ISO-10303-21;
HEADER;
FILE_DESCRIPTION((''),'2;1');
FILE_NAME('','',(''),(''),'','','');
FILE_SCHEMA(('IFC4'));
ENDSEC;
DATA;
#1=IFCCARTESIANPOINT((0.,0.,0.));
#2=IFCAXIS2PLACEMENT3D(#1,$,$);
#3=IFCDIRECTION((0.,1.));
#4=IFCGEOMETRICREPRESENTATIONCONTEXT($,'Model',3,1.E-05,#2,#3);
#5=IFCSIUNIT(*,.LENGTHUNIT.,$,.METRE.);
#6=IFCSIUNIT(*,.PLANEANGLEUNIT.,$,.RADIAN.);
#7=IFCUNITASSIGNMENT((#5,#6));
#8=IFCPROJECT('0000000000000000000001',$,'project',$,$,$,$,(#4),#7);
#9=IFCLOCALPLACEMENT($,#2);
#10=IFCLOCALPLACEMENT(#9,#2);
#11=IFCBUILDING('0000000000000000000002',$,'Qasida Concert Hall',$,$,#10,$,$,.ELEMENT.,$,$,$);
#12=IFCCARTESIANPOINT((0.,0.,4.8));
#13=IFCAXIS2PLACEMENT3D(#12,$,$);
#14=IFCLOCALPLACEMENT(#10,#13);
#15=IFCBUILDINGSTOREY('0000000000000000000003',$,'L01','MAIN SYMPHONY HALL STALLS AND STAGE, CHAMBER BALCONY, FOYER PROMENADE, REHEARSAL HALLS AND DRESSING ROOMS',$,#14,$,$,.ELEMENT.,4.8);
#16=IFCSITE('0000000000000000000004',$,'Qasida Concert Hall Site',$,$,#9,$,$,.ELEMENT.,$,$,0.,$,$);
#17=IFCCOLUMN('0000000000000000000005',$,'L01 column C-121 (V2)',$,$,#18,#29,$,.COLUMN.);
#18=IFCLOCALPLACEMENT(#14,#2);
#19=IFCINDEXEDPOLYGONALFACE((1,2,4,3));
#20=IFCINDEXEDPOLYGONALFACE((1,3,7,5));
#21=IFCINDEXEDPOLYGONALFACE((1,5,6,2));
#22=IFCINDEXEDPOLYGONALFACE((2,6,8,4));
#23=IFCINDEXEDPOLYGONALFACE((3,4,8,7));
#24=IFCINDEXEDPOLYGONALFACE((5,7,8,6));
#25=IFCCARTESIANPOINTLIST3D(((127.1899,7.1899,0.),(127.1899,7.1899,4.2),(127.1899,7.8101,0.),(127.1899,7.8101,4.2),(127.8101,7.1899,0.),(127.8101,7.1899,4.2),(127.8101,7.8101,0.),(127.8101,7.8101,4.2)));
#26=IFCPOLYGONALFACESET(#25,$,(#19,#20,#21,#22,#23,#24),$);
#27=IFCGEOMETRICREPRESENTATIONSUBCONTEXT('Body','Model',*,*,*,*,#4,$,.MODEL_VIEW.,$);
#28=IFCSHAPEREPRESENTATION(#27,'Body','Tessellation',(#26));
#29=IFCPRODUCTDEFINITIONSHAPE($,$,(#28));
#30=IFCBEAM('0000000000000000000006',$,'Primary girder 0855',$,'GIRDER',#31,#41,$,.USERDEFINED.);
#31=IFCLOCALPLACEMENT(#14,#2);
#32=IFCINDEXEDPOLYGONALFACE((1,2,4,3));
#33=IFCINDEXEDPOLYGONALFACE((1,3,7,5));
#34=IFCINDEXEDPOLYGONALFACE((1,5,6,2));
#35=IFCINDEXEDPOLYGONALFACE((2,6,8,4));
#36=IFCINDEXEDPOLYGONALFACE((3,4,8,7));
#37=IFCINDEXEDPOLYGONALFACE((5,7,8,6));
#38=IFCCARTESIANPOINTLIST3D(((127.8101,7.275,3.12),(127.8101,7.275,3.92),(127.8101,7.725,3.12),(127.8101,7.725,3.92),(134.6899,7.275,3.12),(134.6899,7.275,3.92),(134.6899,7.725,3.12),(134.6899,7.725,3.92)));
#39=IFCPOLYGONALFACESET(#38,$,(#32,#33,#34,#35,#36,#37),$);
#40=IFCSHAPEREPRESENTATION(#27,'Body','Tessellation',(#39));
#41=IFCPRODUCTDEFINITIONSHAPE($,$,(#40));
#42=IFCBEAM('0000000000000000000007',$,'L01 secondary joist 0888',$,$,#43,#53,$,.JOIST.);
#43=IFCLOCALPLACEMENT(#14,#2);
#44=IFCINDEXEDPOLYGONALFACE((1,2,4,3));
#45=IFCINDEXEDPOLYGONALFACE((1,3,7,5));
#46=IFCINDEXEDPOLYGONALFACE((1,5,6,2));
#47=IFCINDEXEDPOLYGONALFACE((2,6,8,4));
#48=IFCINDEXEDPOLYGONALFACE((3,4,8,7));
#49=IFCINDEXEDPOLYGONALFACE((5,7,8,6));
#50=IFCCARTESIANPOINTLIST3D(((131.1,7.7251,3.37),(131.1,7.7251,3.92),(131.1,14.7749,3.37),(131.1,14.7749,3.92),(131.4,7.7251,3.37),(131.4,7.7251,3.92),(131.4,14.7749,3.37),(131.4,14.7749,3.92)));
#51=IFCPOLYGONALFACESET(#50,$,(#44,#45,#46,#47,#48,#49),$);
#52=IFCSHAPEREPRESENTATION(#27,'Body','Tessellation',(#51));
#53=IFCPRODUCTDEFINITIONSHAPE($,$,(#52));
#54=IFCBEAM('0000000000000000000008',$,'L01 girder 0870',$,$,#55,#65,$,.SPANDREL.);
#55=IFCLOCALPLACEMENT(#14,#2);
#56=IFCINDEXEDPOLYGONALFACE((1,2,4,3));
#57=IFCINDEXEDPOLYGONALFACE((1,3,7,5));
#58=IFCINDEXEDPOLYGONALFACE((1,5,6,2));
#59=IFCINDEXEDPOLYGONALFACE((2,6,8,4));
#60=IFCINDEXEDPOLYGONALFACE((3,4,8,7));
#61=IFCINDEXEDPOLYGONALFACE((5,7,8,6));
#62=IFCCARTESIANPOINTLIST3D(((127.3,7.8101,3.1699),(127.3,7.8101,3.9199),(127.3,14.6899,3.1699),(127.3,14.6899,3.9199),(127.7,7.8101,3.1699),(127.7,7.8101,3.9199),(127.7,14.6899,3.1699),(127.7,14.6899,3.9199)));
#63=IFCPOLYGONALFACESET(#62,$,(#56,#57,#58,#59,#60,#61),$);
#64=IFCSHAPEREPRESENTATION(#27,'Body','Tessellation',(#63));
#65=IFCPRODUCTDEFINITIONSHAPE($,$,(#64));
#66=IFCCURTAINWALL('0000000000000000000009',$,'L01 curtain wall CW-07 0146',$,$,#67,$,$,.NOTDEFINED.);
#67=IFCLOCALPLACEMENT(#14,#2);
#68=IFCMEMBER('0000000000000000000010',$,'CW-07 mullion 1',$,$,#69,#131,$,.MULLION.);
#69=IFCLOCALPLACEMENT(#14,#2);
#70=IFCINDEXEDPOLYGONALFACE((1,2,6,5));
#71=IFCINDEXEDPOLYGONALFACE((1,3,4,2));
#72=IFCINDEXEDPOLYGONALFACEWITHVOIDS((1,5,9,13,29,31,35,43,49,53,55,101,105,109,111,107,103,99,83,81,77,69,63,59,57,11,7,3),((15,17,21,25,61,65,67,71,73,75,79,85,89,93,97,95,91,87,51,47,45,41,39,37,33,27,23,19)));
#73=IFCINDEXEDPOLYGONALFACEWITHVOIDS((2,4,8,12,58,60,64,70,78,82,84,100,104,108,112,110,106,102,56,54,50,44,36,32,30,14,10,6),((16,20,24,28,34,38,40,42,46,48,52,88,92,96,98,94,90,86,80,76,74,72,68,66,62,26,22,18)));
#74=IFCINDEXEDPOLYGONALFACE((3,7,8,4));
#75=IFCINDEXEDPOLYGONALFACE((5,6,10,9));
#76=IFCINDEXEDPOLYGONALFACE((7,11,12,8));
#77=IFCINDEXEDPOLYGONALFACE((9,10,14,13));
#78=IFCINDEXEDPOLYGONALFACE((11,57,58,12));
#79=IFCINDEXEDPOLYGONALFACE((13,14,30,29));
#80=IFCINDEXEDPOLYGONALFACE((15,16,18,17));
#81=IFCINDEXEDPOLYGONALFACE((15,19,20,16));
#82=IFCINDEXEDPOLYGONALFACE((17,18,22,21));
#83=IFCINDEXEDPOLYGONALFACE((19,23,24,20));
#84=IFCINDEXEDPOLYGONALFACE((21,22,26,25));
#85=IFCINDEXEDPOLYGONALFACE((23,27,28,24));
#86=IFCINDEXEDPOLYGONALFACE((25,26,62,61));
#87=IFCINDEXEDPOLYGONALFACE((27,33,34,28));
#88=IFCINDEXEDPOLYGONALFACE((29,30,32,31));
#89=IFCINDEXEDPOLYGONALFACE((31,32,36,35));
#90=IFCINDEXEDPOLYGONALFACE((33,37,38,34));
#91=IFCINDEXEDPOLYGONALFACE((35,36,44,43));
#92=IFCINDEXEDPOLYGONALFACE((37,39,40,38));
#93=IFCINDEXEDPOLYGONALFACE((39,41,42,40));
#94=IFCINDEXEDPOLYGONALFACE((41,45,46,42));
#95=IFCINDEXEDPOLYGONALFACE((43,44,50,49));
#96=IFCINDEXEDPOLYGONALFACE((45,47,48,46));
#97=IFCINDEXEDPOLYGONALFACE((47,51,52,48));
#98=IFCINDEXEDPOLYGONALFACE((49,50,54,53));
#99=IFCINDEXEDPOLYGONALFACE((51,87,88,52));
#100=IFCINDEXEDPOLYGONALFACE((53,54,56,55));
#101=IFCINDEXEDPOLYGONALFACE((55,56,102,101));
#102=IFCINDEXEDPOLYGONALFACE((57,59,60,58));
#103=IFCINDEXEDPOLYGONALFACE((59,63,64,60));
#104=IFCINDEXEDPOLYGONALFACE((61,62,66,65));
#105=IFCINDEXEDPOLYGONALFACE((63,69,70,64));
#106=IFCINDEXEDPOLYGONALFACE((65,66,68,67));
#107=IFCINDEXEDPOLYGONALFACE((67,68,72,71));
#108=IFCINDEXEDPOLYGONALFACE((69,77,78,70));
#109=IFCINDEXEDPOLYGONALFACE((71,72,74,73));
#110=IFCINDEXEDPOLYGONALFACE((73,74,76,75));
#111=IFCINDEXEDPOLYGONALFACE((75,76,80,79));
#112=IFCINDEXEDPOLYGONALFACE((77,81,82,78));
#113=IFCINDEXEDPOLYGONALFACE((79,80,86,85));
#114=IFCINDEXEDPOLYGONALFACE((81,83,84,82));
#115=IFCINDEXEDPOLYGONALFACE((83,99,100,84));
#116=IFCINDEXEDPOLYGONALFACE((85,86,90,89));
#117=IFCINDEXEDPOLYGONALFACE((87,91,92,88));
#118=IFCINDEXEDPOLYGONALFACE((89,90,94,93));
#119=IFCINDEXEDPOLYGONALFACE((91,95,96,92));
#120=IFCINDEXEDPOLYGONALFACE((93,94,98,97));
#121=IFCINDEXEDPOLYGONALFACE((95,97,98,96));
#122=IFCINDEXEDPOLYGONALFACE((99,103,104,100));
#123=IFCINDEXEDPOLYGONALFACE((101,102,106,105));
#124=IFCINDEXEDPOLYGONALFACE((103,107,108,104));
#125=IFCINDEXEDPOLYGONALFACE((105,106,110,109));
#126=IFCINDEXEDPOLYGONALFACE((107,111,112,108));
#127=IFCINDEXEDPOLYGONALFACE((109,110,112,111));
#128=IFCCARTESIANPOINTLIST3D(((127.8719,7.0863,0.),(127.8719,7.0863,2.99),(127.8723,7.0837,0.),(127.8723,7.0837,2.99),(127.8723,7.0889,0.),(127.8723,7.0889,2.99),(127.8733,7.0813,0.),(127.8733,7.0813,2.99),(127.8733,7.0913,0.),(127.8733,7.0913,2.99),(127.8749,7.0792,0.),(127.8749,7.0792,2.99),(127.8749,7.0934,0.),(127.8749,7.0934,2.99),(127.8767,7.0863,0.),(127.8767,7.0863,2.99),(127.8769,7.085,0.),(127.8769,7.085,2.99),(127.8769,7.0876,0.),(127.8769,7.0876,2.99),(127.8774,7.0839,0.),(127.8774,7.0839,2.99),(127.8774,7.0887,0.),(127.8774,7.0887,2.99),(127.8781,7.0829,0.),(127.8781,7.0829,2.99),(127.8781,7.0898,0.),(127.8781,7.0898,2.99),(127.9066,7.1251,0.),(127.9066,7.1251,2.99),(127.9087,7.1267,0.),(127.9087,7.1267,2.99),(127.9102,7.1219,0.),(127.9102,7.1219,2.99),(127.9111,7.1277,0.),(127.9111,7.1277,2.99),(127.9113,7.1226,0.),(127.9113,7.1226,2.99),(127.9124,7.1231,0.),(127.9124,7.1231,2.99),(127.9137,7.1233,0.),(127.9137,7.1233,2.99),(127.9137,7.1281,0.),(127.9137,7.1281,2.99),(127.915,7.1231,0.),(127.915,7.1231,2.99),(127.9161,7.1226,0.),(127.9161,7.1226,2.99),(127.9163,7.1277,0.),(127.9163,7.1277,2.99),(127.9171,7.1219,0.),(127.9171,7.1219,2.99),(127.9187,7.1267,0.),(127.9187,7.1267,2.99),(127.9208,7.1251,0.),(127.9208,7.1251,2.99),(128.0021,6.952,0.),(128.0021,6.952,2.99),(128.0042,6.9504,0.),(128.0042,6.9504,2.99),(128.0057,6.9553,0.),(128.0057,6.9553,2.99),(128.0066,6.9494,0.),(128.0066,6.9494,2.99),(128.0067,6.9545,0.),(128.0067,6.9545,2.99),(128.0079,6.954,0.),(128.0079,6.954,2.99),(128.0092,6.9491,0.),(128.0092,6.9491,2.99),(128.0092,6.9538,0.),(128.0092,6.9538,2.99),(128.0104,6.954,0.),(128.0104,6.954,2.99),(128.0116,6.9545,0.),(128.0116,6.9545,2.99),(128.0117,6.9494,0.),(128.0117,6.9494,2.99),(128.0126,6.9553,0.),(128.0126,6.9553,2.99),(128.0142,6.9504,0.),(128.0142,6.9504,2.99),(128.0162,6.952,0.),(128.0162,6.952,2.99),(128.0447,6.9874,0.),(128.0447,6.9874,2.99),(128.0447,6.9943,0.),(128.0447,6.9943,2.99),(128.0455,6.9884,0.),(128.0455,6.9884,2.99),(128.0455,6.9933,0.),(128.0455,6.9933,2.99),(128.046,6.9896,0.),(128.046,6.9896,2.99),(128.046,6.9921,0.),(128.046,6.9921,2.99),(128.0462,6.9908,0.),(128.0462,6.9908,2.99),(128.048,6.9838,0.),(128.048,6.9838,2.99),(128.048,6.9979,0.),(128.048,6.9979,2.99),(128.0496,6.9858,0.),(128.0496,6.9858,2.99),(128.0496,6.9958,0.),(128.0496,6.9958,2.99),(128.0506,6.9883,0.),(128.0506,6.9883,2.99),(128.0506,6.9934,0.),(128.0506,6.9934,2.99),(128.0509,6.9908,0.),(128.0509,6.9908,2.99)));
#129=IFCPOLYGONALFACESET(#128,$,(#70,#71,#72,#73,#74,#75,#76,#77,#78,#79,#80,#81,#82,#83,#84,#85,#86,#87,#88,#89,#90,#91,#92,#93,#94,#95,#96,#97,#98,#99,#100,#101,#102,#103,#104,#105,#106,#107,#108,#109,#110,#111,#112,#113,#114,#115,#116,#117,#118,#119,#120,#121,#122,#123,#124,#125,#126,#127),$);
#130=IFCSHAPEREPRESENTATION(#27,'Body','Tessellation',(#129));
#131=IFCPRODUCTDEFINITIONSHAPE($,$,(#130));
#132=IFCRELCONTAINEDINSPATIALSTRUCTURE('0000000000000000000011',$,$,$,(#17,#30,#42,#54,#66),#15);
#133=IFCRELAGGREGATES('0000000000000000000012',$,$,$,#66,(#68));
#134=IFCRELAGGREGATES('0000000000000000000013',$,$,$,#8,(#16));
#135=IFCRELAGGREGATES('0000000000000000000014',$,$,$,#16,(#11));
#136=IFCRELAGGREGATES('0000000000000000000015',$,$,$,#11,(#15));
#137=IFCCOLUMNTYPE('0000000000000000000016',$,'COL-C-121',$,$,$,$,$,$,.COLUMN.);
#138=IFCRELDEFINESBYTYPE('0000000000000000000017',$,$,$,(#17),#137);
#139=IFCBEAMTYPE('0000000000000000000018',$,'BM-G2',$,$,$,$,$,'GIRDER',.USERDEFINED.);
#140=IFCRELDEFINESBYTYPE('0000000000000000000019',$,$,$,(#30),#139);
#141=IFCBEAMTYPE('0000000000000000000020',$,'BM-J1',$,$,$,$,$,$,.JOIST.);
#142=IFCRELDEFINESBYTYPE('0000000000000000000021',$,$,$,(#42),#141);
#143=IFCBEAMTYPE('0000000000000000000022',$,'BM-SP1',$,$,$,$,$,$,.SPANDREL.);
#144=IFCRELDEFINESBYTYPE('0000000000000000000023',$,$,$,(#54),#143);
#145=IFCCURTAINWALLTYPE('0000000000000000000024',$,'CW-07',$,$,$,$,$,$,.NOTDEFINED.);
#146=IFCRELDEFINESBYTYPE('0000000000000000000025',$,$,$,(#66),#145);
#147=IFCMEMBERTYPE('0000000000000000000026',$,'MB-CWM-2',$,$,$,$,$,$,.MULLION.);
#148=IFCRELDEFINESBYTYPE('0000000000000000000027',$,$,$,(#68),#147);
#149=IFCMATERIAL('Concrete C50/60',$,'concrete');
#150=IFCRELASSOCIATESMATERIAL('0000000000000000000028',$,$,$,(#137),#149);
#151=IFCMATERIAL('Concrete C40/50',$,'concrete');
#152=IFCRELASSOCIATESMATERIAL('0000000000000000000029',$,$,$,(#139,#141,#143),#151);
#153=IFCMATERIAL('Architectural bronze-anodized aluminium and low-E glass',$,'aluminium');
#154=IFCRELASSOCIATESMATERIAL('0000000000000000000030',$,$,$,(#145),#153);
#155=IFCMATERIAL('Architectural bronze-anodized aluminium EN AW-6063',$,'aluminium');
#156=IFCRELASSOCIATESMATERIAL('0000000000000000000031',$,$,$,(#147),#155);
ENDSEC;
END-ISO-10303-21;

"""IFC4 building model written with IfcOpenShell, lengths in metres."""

from ifc_helpers import new_model, si_unit, direction, frame, origin, origin_2d, place, context, subcontext, project, spatial, rectangle, hollow_rectangle, extrude, material, material_profile, profile_set, type_object, element, aggregate, save


model = new_model("IFC4")

# Units and contexts
model_context = context("Model", 3, precision=1e-05, world=origin(), true_north=direction((0.0, 1.0)))
body_context = subcontext(model_context, "Body", "Model", "MODEL_VIEW")
ifc_project = project(units=[si_unit("LENGTHUNIT", "METRE"), si_unit("PLANEANGLEUNIT", "RADIAN")], contexts=[model_context])

# Site, building, storey
site_placement = place(None, origin())
site = spatial("IfcSite", under=ifc_project, at=site_placement, Name="Qasida Concert Hall Site", CompositionType="ELEMENT", RefElevation=0.0)
building_placement = place(site_placement, origin())
building = spatial("IfcBuilding", under=site, at=building_placement, Name="Qasida Concert Hall", CompositionType="ELEMENT")
storey_placement = place(building_placement, frame((0.0, 0.0, 4.8)))
storey = spatial("IfcBuildingStorey", under=building, at=storey_placement, Name="L01", Description="MAIN SYMPHONY HALL STALLS AND STAGE, CHAMBER BALCONY, FOYER PROMENADE, REHEARSAL HALLS AND DRESSING ROOMS", CompositionType="ELEMENT", Elevation=4.8)

# Column
ifc_material_1 = material(Name="Concrete C50/60", Category="concrete")
ifc_material_profile_1 = material_profile(ifc_material_1, rectangle(XDim=0.6201, YDim=0.6201, at=origin_2d()), Name="RC 620x620")
ifc_profile_set_1 = profile_set([ifc_material_profile_1], Name="Concrete C50/60")
column_type = type_object("IfcColumnType", Name="COL-C-121", PredefinedType="COLUMN", material=ifc_profile_set_1)
column_placement = place(storey_placement, frame((127.5, 7.5, 0.0), z_axis=(0.0, 0.0, 1.0), x_axis=(1.0, 0.0, 0.0)))
element("IfcColumn", 1, at=column_placement, inside=storey, type_object=column_type, Name="L01 column C-121 (V2)", PredefinedType="COLUMN", context=body_context, shape_type="SweptSolid", body=[
    extrude(rectangle(XDim=0.6201, YDim=0.6201, at=origin_2d()), origin(), (0.0, 0.0, 1.0), 4.2),
])

# Beams
ifc_material_2 = material(Name="Concrete C40/50", Category="concrete")
ifc_material_profile_2 = material_profile(ifc_material_2, rectangle(XDim=0.45, YDim=0.8, at=origin_2d()), Name="RC 450x800")
ifc_profile_set_2 = profile_set([ifc_material_profile_2], Name="Concrete C40/50")
beam_type_1 = type_object("IfcBeamType", Name="BM-G2", ElementType="GIRDER", PredefinedType="USERDEFINED", material=ifc_profile_set_2)
beam_1_placement = place(storey_placement, frame((127.8101, 7.5, 3.52), z_axis=(1.0, 0.0, 0.0), x_axis=(0.0, 1.0, 0.0)))
element("IfcBeam", 2, at=beam_1_placement, inside=storey, type_object=beam_type_1, Name="Primary girder 0855", ObjectType="GIRDER", PredefinedType="USERDEFINED", context=body_context, shape_type="SweptSolid", body=[
    extrude(rectangle(XDim=0.45, YDim=0.8, at=origin_2d()), origin(), (0.0, 0.0, 1.0), 6.8799),
])
ifc_material_profile_3 = material_profile(ifc_material_2, rectangle(XDim=0.3, YDim=0.55, at=origin_2d()), Name="RC 300x550")
ifc_profile_set_3 = profile_set([ifc_material_profile_3], Name="Concrete C40/50")
beam_type_2 = type_object("IfcBeamType", Name="BM-J1", PredefinedType="JOIST", material=ifc_profile_set_3)
beam_2_placement = place(storey_placement, frame((131.25, 7.7251, 3.645), z_axis=(0.0, 1.0, 0.0), x_axis=(-1.0, 0.0, 0.0)))
element("IfcBeam", 3, at=beam_2_placement, inside=storey, type_object=beam_type_2, Name="L01 secondary joist 0888", PredefinedType="JOIST", context=body_context, shape_type="SweptSolid", body=[
    extrude(rectangle(XDim=0.3, YDim=0.55, at=origin_2d()), origin(), (0.0, 0.0, 1.0), 7.0498),
])
ifc_material_profile_4 = material_profile(ifc_material_2, rectangle(XDim=0.3999, YDim=0.75, at=origin_2d()), Name="RC 400x750")
ifc_profile_set_4 = profile_set([ifc_material_profile_4], Name="Concrete C40/50")
beam_type_3 = type_object("IfcBeamType", Name="BM-SP1", PredefinedType="SPANDREL", material=ifc_profile_set_4)
beam_3_placement = place(storey_placement, frame((127.5, 7.8101, 3.5449), z_axis=(0.0, 1.0, 0.0), x_axis=(-1.0, 0.0, 0.0)))
element("IfcBeam", 4, at=beam_3_placement, inside=storey, type_object=beam_type_3, Name="L01 girder 0870", PredefinedType="SPANDREL", context=body_context, shape_type="SweptSolid", body=[
    extrude(rectangle(XDim=0.3999, YDim=0.75, at=origin_2d()), origin(), (0.0, 0.0, 1.0), 6.8799),
])

# Curtain wall, member
ifc_material_3 = material(Name="Architectural bronze-anodized aluminium and low-E glass", Category="aluminium")
curtain_wall_type = type_object("IfcCurtainWallType", Name="CW-07", PredefinedType="NOTDEFINED", material=ifc_material_3)
curtain_wall_1_placement = place(storey_placement, origin())
curtain_wall_1 = element("IfcCurtainWall", 5, at=curtain_wall_1_placement, inside=storey, type_object=curtain_wall_type, Name="L01 curtain wall CW-07 0146", PredefinedType="NOTDEFINED")
ifc_material_4 = material(Name="Architectural bronze-anodized aluminium EN AW-6063", Category="aluminium")
ifc_material_profile_5 = material_profile(ifc_material_4, hollow_rectangle(XDim=0.0649, YDim=0.2, WallThickness=0.0049, InnerFilletRadius=0.0049, OuterFilletRadius=0.01, at=origin_2d()), Name="CWM 200x65x5")
ifc_profile_set_5 = profile_set([ifc_material_profile_5], Name="Architectural bronze-anodized aluminium EN AW-6063")
member_type_1 = type_object("IfcMemberType", Name="MB-CWM-2", PredefinedType="MULLION", material=ifc_profile_set_5)
member_1_placement = place(storey_placement, frame((127.9614, 7.0386, 0.0), z_axis=(0.0, 0.0, 1.0), x_axis=(0.707107, 0.707107, 0.0)))
member_1 = element("IfcMember", 6, at=member_1_placement, type_object=member_type_1, Name="CW-07 mullion 1", PredefinedType="MULLION", context=body_context, shape_type="SweptSolid", body=[
    extrude(hollow_rectangle(XDim=0.0649, YDim=0.2, WallThickness=0.0049, InnerFilletRadius=0.0049, OuterFilletRadius=0.01, at=origin_2d()), origin(), (0.0, 0.0, 1.0), 2.99),
])

aggregate(curtain_wall_1, [member_1])

save(model, "model.ifc")
